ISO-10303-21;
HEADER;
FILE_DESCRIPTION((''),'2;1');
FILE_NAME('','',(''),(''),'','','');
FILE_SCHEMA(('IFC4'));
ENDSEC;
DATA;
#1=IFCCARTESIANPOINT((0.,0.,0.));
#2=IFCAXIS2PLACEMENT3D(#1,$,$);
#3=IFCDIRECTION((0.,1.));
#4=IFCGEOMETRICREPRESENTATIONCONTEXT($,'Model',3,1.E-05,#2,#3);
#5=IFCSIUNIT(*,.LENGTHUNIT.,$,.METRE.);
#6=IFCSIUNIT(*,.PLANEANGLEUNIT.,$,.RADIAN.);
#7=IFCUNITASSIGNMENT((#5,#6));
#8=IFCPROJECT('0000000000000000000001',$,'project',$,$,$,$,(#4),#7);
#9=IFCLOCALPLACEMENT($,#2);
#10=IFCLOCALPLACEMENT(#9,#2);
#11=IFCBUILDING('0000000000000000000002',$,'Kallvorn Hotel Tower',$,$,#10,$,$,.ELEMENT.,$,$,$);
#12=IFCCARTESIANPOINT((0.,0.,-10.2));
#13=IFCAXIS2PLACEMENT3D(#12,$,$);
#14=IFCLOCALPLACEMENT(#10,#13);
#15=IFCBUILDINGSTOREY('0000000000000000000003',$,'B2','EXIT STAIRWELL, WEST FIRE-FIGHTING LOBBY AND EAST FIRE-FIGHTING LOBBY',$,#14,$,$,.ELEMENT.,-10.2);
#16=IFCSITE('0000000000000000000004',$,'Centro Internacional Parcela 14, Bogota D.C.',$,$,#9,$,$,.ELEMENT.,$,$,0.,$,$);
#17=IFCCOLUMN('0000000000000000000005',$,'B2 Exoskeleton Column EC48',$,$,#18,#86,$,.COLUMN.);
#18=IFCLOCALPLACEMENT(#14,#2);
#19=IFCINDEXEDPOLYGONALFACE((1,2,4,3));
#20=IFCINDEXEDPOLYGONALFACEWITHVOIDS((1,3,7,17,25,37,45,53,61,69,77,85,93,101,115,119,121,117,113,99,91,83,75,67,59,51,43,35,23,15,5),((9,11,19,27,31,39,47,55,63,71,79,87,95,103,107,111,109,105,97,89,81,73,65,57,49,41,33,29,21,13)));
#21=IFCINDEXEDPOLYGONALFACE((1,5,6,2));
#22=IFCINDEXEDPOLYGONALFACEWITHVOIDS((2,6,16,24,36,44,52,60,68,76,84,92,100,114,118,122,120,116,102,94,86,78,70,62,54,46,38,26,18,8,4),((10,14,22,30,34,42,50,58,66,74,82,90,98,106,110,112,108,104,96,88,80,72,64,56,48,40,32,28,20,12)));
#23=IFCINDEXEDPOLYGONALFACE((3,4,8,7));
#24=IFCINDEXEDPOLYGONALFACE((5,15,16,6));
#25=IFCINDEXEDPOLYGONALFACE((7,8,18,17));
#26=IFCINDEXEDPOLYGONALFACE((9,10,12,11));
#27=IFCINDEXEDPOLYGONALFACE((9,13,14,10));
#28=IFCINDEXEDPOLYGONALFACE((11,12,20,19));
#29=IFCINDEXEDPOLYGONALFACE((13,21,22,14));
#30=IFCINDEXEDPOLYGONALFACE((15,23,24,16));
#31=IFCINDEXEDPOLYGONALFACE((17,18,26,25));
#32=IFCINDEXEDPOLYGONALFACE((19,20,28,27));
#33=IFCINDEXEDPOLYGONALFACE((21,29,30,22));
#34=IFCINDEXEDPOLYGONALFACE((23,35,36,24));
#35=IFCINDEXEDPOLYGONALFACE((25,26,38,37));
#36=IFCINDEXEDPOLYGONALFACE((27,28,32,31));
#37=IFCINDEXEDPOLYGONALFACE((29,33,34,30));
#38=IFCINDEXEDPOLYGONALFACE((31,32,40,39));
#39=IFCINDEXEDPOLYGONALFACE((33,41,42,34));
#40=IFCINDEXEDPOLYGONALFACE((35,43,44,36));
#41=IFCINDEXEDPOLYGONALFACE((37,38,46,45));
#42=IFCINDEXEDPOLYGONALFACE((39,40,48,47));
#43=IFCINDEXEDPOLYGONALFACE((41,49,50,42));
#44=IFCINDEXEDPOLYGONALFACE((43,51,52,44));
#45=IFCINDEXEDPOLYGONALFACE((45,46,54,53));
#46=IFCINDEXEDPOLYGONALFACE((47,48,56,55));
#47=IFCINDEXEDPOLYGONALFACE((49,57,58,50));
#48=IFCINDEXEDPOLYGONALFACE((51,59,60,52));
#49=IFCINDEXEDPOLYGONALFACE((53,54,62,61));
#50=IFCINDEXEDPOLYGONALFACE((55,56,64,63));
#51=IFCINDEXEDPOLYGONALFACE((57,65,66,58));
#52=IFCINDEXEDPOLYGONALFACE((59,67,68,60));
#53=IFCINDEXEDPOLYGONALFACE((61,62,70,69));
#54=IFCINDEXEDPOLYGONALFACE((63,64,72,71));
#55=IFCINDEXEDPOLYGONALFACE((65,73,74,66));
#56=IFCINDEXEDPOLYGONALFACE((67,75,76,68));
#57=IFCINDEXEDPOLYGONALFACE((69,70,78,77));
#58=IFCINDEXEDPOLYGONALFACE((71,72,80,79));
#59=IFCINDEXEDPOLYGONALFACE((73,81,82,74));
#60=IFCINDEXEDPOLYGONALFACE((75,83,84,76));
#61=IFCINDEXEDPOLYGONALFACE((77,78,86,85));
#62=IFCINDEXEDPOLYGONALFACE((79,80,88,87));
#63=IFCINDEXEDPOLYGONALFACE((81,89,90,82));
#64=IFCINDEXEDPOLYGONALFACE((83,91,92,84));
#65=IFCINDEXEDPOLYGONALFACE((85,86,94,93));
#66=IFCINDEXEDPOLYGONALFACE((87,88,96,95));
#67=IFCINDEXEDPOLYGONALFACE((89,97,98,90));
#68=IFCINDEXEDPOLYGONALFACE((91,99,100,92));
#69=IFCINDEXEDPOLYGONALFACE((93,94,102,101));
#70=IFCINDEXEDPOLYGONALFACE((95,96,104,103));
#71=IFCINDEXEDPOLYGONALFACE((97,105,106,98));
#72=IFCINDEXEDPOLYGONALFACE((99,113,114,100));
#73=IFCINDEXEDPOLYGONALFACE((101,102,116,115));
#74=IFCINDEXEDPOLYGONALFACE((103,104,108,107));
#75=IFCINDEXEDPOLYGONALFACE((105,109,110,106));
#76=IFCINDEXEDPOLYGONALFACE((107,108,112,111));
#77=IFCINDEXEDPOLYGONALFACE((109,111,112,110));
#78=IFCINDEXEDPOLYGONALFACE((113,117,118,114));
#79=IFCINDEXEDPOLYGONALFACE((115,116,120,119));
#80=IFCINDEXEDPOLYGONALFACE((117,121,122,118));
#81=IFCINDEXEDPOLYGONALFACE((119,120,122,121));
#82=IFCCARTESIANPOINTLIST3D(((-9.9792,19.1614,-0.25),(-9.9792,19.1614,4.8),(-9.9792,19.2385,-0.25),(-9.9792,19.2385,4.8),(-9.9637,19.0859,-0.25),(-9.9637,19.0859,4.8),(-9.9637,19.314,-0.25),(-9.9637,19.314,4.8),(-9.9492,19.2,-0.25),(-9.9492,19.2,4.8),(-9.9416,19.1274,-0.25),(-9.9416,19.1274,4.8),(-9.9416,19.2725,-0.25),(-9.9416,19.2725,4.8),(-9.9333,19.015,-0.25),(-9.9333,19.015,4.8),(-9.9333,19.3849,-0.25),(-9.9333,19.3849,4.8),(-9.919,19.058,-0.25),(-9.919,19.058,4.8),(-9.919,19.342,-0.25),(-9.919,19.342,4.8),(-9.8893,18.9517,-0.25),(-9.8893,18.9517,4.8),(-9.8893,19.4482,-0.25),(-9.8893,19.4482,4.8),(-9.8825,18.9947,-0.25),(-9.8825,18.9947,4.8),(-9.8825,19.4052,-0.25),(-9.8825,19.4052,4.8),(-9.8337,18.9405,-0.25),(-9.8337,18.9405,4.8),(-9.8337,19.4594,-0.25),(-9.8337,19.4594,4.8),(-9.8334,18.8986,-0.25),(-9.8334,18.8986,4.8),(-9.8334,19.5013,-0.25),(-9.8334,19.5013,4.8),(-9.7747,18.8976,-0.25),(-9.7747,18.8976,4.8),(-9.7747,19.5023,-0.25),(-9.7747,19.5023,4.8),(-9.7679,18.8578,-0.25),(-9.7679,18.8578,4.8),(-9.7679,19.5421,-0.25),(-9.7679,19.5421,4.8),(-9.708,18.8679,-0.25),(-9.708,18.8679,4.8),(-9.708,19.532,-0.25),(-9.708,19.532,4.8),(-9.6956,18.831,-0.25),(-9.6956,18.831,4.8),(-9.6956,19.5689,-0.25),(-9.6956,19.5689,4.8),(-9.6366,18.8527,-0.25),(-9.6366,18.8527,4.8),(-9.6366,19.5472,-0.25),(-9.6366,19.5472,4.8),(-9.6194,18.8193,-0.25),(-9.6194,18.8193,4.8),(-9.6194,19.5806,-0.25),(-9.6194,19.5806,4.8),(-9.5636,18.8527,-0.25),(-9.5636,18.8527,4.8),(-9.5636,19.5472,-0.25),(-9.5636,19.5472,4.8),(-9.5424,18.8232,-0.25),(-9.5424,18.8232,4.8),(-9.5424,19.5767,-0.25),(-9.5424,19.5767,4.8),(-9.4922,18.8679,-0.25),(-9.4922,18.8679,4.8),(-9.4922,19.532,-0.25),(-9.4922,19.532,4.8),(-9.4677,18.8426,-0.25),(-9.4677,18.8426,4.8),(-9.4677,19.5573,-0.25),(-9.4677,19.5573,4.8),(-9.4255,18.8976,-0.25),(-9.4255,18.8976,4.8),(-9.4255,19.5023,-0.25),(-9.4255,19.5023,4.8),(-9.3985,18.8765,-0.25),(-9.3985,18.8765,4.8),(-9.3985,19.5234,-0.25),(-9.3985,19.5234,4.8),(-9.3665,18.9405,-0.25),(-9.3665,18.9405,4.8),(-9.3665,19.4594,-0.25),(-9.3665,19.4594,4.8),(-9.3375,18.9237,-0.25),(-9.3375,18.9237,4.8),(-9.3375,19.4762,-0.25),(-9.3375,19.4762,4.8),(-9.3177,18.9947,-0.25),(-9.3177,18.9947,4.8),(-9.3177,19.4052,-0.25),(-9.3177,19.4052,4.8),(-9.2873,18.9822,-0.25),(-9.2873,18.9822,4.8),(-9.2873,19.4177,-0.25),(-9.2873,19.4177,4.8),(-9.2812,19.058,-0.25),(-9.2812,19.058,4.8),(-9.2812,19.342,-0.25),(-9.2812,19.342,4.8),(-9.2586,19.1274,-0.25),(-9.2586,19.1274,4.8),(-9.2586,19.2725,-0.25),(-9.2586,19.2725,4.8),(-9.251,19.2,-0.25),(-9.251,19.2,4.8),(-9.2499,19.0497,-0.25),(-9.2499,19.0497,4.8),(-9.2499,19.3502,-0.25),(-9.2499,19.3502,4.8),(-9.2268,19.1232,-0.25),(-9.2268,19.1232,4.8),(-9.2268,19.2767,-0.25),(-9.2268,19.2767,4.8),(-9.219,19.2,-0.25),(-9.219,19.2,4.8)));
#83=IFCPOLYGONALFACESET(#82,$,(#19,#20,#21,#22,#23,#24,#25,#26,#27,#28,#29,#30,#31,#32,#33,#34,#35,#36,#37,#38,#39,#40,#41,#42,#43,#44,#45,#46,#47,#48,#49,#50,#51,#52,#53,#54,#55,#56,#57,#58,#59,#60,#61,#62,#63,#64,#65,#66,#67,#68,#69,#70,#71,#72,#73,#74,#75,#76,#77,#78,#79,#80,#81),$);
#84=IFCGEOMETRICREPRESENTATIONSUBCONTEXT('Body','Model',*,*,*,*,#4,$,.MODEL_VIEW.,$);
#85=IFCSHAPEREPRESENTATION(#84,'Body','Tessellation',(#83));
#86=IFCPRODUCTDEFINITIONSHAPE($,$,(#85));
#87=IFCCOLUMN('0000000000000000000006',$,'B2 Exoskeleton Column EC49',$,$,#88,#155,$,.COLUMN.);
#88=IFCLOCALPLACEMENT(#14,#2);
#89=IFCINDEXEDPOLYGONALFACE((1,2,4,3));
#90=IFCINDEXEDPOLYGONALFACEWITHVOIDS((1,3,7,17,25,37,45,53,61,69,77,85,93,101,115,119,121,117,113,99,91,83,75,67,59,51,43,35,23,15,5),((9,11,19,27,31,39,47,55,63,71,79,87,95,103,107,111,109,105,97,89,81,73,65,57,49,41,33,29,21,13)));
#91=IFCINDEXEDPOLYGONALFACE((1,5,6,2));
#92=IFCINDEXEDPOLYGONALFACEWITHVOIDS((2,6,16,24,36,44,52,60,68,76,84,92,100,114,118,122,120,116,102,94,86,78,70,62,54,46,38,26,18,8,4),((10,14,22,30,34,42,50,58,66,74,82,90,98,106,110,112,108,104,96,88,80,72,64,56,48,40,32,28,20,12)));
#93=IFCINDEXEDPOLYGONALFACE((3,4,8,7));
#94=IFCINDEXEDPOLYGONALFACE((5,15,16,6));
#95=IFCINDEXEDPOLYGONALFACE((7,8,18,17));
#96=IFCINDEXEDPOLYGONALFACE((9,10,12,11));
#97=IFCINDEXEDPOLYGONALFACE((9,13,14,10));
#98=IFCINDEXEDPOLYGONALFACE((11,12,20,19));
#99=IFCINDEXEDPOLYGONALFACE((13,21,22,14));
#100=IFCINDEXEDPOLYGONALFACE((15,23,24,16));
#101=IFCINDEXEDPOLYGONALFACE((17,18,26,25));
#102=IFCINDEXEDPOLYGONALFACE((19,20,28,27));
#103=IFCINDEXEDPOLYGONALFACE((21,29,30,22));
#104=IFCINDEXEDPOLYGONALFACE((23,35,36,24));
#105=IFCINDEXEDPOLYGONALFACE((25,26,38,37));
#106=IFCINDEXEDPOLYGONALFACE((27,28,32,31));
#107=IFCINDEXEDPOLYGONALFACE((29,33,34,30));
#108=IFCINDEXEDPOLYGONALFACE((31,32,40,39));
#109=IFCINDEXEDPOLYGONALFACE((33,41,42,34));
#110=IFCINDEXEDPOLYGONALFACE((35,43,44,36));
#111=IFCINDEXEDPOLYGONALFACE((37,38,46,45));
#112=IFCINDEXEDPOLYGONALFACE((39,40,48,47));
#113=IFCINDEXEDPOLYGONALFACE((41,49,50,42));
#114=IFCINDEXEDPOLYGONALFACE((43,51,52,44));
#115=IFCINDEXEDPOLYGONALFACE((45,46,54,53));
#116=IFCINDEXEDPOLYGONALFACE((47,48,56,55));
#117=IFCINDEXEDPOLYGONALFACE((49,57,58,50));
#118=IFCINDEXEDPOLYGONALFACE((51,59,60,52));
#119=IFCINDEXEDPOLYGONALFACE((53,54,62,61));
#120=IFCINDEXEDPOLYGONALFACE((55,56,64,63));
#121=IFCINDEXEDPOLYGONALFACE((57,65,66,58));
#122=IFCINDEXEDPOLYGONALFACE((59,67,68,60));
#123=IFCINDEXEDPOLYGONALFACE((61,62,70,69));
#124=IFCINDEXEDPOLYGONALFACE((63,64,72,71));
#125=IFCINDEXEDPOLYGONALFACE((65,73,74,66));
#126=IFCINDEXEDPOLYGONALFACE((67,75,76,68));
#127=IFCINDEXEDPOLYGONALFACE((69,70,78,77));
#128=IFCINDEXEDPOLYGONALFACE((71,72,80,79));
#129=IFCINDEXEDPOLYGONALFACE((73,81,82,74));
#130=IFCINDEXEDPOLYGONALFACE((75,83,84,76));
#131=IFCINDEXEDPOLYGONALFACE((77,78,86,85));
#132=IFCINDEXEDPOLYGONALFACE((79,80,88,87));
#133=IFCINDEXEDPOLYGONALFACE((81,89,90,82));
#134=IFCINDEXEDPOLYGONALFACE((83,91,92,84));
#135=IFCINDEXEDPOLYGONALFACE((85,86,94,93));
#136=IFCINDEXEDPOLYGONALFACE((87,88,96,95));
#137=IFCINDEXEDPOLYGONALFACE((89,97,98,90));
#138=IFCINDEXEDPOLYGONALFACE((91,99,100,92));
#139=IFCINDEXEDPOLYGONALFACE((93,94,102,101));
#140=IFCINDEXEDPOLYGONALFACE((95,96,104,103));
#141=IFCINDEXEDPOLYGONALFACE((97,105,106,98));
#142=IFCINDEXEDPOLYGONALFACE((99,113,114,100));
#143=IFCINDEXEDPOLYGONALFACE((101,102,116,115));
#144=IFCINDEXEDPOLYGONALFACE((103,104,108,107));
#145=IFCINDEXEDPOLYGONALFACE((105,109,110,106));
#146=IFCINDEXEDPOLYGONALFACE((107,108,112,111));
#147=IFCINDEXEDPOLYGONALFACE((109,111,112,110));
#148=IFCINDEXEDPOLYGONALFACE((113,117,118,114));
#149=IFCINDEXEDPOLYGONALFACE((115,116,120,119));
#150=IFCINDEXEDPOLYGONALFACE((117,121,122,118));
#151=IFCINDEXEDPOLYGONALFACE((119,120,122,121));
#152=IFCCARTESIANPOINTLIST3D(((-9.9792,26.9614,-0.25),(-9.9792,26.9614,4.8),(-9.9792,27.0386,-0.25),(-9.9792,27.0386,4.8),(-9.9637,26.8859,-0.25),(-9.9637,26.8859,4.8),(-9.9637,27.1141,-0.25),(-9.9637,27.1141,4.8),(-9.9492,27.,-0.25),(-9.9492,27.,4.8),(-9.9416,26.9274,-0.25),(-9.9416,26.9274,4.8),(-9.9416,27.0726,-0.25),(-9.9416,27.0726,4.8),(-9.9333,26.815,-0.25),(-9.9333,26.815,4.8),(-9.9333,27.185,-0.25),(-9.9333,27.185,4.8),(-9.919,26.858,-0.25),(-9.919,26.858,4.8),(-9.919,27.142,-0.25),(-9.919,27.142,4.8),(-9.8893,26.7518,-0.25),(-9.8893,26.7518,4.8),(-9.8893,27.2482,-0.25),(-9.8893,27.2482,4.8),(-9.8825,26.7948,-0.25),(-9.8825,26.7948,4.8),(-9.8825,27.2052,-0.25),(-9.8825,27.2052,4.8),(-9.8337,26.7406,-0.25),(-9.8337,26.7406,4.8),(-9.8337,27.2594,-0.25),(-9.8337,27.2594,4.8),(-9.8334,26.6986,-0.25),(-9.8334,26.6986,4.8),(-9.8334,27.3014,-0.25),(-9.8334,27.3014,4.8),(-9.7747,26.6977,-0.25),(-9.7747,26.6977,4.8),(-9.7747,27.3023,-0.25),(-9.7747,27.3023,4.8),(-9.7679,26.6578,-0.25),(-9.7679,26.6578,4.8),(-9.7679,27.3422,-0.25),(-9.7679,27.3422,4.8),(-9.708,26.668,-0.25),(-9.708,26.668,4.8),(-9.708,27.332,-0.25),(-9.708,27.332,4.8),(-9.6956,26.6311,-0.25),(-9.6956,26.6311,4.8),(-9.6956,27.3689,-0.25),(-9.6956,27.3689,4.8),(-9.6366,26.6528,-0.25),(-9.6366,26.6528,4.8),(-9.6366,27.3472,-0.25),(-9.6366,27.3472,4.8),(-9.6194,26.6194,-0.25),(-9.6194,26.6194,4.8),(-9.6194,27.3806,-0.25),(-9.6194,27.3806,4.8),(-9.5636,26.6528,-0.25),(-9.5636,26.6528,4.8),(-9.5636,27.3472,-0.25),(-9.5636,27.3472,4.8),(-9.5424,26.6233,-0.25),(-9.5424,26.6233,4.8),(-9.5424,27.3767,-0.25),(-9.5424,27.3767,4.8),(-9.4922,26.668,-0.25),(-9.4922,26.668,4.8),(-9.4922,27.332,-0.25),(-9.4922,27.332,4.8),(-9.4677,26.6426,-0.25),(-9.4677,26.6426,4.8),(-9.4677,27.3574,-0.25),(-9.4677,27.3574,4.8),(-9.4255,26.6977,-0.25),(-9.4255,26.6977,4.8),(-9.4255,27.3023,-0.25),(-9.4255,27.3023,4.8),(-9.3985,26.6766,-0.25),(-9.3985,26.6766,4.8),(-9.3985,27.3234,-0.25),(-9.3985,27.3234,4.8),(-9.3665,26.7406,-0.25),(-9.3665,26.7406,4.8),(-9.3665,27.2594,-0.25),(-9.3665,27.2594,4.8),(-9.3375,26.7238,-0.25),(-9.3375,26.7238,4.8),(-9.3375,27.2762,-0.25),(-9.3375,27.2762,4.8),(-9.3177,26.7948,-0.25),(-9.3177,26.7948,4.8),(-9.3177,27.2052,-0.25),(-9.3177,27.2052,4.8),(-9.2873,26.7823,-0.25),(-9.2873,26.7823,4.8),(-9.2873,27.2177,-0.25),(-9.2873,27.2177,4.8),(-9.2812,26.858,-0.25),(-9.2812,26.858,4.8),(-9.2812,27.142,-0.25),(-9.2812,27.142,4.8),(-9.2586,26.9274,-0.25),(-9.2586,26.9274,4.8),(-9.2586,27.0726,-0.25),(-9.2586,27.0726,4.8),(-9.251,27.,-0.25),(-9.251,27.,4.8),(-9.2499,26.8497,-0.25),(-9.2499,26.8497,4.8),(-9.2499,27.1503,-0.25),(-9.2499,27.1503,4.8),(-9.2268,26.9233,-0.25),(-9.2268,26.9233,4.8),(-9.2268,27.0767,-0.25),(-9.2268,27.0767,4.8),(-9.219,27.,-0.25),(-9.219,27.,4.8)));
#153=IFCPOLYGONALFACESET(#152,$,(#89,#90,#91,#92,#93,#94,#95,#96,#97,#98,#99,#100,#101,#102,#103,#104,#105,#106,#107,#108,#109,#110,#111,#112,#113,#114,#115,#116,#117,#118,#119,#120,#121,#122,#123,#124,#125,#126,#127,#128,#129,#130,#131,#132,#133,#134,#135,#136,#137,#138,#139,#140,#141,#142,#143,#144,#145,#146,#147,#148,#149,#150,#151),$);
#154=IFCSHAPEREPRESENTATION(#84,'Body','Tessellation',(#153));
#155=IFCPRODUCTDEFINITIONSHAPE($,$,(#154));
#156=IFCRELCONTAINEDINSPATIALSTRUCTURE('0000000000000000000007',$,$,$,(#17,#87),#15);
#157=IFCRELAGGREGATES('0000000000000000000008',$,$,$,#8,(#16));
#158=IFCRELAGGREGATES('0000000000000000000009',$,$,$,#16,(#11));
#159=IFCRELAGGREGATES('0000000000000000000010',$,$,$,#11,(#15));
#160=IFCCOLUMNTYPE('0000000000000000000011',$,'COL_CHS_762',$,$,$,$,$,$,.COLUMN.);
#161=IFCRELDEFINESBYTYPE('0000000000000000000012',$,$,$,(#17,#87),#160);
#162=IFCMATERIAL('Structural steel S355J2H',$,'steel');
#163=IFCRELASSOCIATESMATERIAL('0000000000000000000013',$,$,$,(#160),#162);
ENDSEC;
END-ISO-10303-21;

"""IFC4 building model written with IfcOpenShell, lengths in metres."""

from ifc_helpers import new_model, si_unit, direction, frame, origin, origin_2d, place, context, subcontext, project, spatial, hollow_circle, extrude, material, material_profile, profile_set, type_object, element, save


model = new_model("IFC4")

# Units and contexts
model_context = context("Model", 3, precision=1e-05, world=origin(), true_north=direction((0.0, 1.0)))
body_context = subcontext(model_context, "Body", "Model", "MODEL_VIEW")
ifc_project = project(units=[si_unit("LENGTHUNIT", "METRE"), si_unit("PLANEANGLEUNIT", "RADIAN")], contexts=[model_context])

# Site, building, storey
site_placement = place(None, origin())
site = spatial("IfcSite", under=ifc_project, at=site_placement, Name="Centro Internacional Parcela 14, Bogota D.C.", CompositionType="ELEMENT", RefElevation=0.0)
building_placement = place(site_placement, origin())
building = spatial("IfcBuilding", under=site, at=building_placement, Name="Kallvorn Hotel Tower", CompositionType="ELEMENT")
storey_placement = place(building_placement, frame((0.0, 0.0, -10.2)))
storey = spatial("IfcBuildingStorey", under=building, at=storey_placement, Name="B2", Description="EXIT STAIRWELL, WEST FIRE-FIGHTING LOBBY AND EAST FIRE-FIGHTING LOBBY", CompositionType="ELEMENT", Elevation=-10.2)

# Columns
ifc_material_1 = material(Name="Structural steel S355J2H", Category="steel")
ifc_material_profile_1 = material_profile(ifc_material_1, hollow_circle(Radius=0.3811, WallThickness=0.032, at=origin_2d()), Name="CHS 762x32")
ifc_profile_set_1 = profile_set([ifc_material_profile_1], Name="Structural steel S355J2H")
column_type_1 = type_object("IfcColumnType", Name="COL_CHS_762", PredefinedType="COLUMN", material=ifc_profile_set_1)
for number, where, z_axis, x_axis, name in (
    (1, (-9.6001, 19.2, -0.25), (0.0, 0.0, 1.0), (1.0, 0.0, 0.0), "B2 Exoskeleton Column EC48"),
    (2, (-9.6001, 27.0, -0.25), (0.0, 0.0, 1.0), (1.0, 0.0, 0.0), "B2 Exoskeleton Column EC49"),
):
    element("IfcColumn", number, at=place(storey_placement, frame(where, z_axis=z_axis, x_axis=x_axis)), inside=storey, type_object=column_type_1, Name=name, PredefinedType="COLUMN", context=body_context, shape_type="SweptSolid", body=[
        extrude(hollow_circle(Radius=0.3811, WallThickness=0.032, at=origin_2d()), origin(), (0.0, 0.0, 1.0), 5.05),
    ])

save(model, "model.ifc")
